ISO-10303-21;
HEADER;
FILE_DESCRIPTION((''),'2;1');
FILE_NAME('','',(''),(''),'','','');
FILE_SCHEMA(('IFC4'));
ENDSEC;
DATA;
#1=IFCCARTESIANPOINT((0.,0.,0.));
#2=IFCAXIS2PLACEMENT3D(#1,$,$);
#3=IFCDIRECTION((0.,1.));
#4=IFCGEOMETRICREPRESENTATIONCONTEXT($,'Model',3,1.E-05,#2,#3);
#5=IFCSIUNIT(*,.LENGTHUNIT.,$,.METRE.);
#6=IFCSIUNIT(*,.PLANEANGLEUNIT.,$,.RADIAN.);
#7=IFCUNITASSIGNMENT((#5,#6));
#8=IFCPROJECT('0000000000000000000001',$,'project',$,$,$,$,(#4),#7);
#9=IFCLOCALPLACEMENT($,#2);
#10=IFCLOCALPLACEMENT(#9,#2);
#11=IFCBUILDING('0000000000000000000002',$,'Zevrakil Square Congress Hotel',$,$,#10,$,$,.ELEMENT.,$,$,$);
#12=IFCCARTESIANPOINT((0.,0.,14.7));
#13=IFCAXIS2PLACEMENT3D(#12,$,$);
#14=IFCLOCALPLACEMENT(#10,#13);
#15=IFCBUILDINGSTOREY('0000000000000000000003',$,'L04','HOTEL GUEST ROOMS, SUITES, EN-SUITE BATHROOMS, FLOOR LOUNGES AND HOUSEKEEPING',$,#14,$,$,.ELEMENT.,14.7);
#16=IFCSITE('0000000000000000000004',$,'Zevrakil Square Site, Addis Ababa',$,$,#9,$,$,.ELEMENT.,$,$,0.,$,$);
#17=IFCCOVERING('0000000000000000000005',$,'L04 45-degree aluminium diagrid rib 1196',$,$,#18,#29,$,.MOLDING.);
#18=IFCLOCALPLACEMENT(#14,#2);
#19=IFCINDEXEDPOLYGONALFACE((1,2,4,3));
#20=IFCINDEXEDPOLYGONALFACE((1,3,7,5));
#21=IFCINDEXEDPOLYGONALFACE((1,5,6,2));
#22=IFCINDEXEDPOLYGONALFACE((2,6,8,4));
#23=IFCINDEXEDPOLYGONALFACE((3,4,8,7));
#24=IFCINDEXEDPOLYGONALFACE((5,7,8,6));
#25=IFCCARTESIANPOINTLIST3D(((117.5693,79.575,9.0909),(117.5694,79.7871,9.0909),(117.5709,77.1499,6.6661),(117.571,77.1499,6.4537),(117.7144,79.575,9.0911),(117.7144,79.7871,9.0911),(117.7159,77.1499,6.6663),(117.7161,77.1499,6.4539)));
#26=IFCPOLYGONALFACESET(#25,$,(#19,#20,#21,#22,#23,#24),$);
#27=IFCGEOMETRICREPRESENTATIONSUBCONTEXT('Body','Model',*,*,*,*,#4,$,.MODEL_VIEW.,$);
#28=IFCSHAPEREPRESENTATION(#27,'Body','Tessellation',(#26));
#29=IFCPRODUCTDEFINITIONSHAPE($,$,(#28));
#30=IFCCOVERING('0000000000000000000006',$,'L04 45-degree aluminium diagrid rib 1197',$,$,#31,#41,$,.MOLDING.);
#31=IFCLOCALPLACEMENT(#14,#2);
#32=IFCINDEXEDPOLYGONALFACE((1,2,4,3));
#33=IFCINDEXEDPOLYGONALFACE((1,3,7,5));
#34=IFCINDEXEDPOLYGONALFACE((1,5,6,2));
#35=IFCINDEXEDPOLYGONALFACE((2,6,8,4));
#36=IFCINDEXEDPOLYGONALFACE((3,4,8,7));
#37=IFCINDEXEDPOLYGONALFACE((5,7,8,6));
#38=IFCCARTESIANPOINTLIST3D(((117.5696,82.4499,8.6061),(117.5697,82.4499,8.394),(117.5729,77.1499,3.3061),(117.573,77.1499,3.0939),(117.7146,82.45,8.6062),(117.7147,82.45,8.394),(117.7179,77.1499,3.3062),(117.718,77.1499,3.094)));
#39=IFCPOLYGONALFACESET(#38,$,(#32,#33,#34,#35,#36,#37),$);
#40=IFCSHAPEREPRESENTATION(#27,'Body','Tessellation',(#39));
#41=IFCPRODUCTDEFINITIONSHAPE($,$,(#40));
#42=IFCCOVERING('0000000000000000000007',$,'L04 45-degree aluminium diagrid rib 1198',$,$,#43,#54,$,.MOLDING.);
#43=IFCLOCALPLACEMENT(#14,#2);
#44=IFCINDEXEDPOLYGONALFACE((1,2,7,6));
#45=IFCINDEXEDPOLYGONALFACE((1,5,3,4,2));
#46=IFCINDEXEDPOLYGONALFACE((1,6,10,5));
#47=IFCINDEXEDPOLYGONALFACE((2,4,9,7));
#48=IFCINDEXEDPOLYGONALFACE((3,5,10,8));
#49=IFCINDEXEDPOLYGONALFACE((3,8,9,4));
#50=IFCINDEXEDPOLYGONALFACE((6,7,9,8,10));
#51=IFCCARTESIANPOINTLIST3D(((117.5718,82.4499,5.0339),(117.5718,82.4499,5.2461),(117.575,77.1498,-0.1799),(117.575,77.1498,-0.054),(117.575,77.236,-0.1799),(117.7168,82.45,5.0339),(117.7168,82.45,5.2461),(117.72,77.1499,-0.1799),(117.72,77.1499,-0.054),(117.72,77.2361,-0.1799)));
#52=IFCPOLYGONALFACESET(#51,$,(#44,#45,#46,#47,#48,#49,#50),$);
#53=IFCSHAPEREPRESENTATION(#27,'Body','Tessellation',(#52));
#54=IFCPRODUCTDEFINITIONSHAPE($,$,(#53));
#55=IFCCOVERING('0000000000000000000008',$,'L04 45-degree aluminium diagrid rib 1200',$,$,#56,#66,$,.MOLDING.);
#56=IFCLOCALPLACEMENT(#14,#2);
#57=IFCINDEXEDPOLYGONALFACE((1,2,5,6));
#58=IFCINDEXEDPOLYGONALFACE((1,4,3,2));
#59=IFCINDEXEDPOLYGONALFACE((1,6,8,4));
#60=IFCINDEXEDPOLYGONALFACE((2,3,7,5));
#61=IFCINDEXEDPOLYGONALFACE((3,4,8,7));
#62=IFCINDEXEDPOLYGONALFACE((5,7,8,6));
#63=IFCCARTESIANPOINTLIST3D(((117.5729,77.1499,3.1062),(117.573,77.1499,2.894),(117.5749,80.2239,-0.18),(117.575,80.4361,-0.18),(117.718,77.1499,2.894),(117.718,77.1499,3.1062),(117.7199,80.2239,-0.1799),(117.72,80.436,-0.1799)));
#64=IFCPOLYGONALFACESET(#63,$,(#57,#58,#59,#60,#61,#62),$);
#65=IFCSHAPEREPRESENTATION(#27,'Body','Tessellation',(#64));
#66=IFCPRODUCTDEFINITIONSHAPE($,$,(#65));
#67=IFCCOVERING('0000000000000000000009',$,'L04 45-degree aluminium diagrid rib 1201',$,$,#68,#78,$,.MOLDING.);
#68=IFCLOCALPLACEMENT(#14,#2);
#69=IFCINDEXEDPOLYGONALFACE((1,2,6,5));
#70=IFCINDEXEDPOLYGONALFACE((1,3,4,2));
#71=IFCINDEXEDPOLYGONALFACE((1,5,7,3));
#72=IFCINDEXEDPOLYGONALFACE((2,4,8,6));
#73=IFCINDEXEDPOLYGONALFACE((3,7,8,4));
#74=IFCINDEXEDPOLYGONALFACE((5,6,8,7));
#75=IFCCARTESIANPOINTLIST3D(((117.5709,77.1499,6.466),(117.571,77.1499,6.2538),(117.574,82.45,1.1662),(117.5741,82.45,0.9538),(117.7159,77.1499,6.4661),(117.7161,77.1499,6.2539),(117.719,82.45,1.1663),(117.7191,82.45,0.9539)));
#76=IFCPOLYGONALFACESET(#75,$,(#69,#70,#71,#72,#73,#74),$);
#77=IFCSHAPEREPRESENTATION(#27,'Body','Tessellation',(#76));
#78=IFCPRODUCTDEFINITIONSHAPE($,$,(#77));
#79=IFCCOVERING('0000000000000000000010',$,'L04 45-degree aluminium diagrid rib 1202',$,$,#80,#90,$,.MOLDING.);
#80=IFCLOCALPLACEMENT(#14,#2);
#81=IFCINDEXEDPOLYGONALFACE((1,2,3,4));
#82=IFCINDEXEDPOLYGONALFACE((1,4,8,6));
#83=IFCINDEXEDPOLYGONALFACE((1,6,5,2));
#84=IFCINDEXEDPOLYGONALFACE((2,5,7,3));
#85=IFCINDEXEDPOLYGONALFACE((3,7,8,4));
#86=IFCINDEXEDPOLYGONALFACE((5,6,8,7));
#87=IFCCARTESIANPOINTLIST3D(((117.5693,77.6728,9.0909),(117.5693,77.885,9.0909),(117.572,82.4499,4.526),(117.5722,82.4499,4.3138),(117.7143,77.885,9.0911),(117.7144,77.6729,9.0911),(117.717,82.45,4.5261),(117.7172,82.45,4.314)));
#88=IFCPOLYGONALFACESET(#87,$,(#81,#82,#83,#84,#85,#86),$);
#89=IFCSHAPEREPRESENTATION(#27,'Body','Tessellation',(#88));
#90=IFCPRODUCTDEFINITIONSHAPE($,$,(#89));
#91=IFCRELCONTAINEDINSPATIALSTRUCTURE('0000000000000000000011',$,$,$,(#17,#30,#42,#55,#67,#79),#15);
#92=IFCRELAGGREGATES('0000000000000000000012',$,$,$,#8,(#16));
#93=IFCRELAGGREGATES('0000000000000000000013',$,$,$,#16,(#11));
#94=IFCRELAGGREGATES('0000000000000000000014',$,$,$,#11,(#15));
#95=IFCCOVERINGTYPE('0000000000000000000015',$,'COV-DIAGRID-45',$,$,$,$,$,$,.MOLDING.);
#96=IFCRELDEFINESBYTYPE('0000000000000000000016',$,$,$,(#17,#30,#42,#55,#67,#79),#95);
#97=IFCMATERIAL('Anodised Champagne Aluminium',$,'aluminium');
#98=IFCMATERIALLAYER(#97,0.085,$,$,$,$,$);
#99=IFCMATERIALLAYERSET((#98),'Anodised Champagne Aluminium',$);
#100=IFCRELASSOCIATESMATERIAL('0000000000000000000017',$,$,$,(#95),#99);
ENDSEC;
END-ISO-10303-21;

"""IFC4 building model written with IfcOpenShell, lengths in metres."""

from ifc_helpers import new_model, si_unit, direction, frame, origin, place, context, subcontext, project, spatial, polyline, outline, extrude, material, layer, layer_set, type_object, element, save


model = new_model("IFC4")

# Units and contexts
model_context = context("Model", 3, precision=1e-05, world=origin(), true_north=direction((0.0, 1.0)))
body_context = subcontext(model_context, "Body", "Model", "MODEL_VIEW")
ifc_project = project(units=[si_unit("LENGTHUNIT", "METRE"), si_unit("PLANEANGLEUNIT", "RADIAN")], contexts=[model_context])

# Site, building, storey
site_placement = place(None, origin())
site = spatial("IfcSite", under=ifc_project, at=site_placement, Name="Zevrakil Square Site, Addis Ababa", CompositionType="ELEMENT", RefElevation=0.0)
building_placement = place(site_placement, origin())
building = spatial("IfcBuilding", under=site, at=building_placement, Name="Zevrakil Square Congress Hotel", CompositionType="ELEMENT")
storey_placement = place(building_placement, frame((0.0, 0.0, 14.7)))
storey = spatial("IfcBuildingStorey", under=building, at=storey_placement, Name="L04", Description="HOTEL GUEST ROOMS, SUITES, EN-SUITE BATHROOMS, FLOOR LOUNGES AND HOUSEKEEPING", CompositionType="ELEMENT", Elevation=14.7)

# Coverings
ifc_material_1 = material(Name="Anodised Champagne Aluminium", Category="aluminium")
ifc_layer_1 = layer(ifc_material_1, 0.085)
ifc_layer_set_1 = layer_set([ifc_layer_1], Name="Anodised Champagne Aluminium")
covering_type_1 = type_object("IfcCoveringType", Name="COV-DIAGRID-45", PredefinedType="MOLDING", material=ifc_layer_set_1)
covering_1_placement = place(storey_placement, frame((117.7161, 77.1499, 6.4539), z_axis=(1.0, -0.000261, 0.000888), x_axis=(-0.000888, 0.0, 1.0)))
element("IfcCovering", 1, at=covering_1_placement, inside=storey, type_object=covering_type_1, Name="L04 45-degree aluminium diagrid rib 1196", PredefinedType="MOLDING", context=body_context, shape_type="SweptSolid", body=[
    extrude(outline(polyline([(0.0, 0.0), (0.2124, 0.0), (2.6372, -2.425), (2.6372, -2.6372), (0.0, 0.0)])), origin(), (0.0, 0.0, -1.0), 0.145),
])
covering_2_placement = place(storey_placement, frame((117.718, 77.1499, 3.094), z_axis=(1.0, 0.000046, 0.000575), x_axis=(-0.000575, 0.0, 1.0)))
element("IfcCovering", 2, at=covering_2_placement, inside=storey, type_object=covering_type_1, Name="L04 45-degree aluminium diagrid rib 1197", PredefinedType="MOLDING", context=body_context, shape_type="SweptSolid", body=[
    extrude(outline(polyline([(0.0, 0.0), (0.2122, 0.0), (5.5122, -5.3), (5.3, -5.3), (0.0, 0.0)])), origin(), (0.0, 0.0, -1.0), 0.145),
])
covering_3_placement = place(storey_placement, frame((117.72, 77.2361, -0.1799), z_axis=(1.0, 0.000479, 0.000122), x_axis=(0.000479, -1.0, 0.0)))
element("IfcCovering", 3, at=covering_3_placement, inside=storey, type_object=covering_type_1, Name="L04 45-degree aluminium diagrid rib 1198", PredefinedType="MOLDING", context=body_context, shape_type="SweptSolid", body=[
    extrude(outline(polyline([(0.0, 0.0), (0.0862, 0.0), (0.0862, -0.126), (-5.2139, -5.426), (-5.2139, -5.2139), (0.0, 0.0)])), origin(), (0.0, 0.0, -1.0), 0.145),
])
covering_4_placement = place(storey_placement, frame((117.718, 77.1499, 2.894), z_axis=(1.0, -0.000307, 0.000307), x_axis=(-0.000307, 0.0, 1.0)))
element("IfcCovering", 4, at=covering_4_placement, inside=storey, type_object=covering_type_1, Name="L04 45-degree aluminium diagrid rib 1200", PredefinedType="MOLDING", context=body_context, shape_type="SweptSolid", body=[
    extrude(outline(polyline([(0.0, 0.0), (0.2122, 0.0), (-3.074, -3.2861), (-3.074, -3.074), (0.0, 0.0)])), origin(), (0.0, 0.0, -1.0), 0.145),
])
covering_5_placement = place(storey_placement, frame((117.7161, 77.1499, 6.2539), z_axis=(1.0, -0.000001, 0.000575), x_axis=(-0.000575, 0.0, 1.0)))
element("IfcCovering", 5, at=covering_5_placement, inside=storey, type_object=covering_type_1, Name="L04 45-degree aluminium diagrid rib 1201", PredefinedType="MOLDING", context=body_context, shape_type="SweptSolid", body=[
    extrude(outline(polyline([(0.0, 0.0), (0.2122, 0.0), (-5.0876, -5.3), (-5.3, -5.3), (0.0, 0.0)])), origin(), (0.0, 0.0, -1.0), 0.145),
])
covering_6_placement = place(storey_placement, frame((117.7144, 77.6729, 9.0911), z_axis=(1.0, 0.000275, 0.000876), x_axis=(-0.000275, 1.0, 0.0)))
element("IfcCovering", 6, at=covering_6_placement, inside=storey, type_object=covering_type_1, Name="L04 45-degree aluminium diagrid rib 1202", PredefinedType="MOLDING", context=body_context, shape_type="SweptSolid", body=[
    extrude(outline(polyline([(0.0, 0.0), (0.2122, 0.0), (4.7771, -4.5649), (4.7771, -4.7771), (0.0, 0.0)])), origin(), (0.0, 0.0, -1.0), 0.145),
])

save(model, "model.ifc")
